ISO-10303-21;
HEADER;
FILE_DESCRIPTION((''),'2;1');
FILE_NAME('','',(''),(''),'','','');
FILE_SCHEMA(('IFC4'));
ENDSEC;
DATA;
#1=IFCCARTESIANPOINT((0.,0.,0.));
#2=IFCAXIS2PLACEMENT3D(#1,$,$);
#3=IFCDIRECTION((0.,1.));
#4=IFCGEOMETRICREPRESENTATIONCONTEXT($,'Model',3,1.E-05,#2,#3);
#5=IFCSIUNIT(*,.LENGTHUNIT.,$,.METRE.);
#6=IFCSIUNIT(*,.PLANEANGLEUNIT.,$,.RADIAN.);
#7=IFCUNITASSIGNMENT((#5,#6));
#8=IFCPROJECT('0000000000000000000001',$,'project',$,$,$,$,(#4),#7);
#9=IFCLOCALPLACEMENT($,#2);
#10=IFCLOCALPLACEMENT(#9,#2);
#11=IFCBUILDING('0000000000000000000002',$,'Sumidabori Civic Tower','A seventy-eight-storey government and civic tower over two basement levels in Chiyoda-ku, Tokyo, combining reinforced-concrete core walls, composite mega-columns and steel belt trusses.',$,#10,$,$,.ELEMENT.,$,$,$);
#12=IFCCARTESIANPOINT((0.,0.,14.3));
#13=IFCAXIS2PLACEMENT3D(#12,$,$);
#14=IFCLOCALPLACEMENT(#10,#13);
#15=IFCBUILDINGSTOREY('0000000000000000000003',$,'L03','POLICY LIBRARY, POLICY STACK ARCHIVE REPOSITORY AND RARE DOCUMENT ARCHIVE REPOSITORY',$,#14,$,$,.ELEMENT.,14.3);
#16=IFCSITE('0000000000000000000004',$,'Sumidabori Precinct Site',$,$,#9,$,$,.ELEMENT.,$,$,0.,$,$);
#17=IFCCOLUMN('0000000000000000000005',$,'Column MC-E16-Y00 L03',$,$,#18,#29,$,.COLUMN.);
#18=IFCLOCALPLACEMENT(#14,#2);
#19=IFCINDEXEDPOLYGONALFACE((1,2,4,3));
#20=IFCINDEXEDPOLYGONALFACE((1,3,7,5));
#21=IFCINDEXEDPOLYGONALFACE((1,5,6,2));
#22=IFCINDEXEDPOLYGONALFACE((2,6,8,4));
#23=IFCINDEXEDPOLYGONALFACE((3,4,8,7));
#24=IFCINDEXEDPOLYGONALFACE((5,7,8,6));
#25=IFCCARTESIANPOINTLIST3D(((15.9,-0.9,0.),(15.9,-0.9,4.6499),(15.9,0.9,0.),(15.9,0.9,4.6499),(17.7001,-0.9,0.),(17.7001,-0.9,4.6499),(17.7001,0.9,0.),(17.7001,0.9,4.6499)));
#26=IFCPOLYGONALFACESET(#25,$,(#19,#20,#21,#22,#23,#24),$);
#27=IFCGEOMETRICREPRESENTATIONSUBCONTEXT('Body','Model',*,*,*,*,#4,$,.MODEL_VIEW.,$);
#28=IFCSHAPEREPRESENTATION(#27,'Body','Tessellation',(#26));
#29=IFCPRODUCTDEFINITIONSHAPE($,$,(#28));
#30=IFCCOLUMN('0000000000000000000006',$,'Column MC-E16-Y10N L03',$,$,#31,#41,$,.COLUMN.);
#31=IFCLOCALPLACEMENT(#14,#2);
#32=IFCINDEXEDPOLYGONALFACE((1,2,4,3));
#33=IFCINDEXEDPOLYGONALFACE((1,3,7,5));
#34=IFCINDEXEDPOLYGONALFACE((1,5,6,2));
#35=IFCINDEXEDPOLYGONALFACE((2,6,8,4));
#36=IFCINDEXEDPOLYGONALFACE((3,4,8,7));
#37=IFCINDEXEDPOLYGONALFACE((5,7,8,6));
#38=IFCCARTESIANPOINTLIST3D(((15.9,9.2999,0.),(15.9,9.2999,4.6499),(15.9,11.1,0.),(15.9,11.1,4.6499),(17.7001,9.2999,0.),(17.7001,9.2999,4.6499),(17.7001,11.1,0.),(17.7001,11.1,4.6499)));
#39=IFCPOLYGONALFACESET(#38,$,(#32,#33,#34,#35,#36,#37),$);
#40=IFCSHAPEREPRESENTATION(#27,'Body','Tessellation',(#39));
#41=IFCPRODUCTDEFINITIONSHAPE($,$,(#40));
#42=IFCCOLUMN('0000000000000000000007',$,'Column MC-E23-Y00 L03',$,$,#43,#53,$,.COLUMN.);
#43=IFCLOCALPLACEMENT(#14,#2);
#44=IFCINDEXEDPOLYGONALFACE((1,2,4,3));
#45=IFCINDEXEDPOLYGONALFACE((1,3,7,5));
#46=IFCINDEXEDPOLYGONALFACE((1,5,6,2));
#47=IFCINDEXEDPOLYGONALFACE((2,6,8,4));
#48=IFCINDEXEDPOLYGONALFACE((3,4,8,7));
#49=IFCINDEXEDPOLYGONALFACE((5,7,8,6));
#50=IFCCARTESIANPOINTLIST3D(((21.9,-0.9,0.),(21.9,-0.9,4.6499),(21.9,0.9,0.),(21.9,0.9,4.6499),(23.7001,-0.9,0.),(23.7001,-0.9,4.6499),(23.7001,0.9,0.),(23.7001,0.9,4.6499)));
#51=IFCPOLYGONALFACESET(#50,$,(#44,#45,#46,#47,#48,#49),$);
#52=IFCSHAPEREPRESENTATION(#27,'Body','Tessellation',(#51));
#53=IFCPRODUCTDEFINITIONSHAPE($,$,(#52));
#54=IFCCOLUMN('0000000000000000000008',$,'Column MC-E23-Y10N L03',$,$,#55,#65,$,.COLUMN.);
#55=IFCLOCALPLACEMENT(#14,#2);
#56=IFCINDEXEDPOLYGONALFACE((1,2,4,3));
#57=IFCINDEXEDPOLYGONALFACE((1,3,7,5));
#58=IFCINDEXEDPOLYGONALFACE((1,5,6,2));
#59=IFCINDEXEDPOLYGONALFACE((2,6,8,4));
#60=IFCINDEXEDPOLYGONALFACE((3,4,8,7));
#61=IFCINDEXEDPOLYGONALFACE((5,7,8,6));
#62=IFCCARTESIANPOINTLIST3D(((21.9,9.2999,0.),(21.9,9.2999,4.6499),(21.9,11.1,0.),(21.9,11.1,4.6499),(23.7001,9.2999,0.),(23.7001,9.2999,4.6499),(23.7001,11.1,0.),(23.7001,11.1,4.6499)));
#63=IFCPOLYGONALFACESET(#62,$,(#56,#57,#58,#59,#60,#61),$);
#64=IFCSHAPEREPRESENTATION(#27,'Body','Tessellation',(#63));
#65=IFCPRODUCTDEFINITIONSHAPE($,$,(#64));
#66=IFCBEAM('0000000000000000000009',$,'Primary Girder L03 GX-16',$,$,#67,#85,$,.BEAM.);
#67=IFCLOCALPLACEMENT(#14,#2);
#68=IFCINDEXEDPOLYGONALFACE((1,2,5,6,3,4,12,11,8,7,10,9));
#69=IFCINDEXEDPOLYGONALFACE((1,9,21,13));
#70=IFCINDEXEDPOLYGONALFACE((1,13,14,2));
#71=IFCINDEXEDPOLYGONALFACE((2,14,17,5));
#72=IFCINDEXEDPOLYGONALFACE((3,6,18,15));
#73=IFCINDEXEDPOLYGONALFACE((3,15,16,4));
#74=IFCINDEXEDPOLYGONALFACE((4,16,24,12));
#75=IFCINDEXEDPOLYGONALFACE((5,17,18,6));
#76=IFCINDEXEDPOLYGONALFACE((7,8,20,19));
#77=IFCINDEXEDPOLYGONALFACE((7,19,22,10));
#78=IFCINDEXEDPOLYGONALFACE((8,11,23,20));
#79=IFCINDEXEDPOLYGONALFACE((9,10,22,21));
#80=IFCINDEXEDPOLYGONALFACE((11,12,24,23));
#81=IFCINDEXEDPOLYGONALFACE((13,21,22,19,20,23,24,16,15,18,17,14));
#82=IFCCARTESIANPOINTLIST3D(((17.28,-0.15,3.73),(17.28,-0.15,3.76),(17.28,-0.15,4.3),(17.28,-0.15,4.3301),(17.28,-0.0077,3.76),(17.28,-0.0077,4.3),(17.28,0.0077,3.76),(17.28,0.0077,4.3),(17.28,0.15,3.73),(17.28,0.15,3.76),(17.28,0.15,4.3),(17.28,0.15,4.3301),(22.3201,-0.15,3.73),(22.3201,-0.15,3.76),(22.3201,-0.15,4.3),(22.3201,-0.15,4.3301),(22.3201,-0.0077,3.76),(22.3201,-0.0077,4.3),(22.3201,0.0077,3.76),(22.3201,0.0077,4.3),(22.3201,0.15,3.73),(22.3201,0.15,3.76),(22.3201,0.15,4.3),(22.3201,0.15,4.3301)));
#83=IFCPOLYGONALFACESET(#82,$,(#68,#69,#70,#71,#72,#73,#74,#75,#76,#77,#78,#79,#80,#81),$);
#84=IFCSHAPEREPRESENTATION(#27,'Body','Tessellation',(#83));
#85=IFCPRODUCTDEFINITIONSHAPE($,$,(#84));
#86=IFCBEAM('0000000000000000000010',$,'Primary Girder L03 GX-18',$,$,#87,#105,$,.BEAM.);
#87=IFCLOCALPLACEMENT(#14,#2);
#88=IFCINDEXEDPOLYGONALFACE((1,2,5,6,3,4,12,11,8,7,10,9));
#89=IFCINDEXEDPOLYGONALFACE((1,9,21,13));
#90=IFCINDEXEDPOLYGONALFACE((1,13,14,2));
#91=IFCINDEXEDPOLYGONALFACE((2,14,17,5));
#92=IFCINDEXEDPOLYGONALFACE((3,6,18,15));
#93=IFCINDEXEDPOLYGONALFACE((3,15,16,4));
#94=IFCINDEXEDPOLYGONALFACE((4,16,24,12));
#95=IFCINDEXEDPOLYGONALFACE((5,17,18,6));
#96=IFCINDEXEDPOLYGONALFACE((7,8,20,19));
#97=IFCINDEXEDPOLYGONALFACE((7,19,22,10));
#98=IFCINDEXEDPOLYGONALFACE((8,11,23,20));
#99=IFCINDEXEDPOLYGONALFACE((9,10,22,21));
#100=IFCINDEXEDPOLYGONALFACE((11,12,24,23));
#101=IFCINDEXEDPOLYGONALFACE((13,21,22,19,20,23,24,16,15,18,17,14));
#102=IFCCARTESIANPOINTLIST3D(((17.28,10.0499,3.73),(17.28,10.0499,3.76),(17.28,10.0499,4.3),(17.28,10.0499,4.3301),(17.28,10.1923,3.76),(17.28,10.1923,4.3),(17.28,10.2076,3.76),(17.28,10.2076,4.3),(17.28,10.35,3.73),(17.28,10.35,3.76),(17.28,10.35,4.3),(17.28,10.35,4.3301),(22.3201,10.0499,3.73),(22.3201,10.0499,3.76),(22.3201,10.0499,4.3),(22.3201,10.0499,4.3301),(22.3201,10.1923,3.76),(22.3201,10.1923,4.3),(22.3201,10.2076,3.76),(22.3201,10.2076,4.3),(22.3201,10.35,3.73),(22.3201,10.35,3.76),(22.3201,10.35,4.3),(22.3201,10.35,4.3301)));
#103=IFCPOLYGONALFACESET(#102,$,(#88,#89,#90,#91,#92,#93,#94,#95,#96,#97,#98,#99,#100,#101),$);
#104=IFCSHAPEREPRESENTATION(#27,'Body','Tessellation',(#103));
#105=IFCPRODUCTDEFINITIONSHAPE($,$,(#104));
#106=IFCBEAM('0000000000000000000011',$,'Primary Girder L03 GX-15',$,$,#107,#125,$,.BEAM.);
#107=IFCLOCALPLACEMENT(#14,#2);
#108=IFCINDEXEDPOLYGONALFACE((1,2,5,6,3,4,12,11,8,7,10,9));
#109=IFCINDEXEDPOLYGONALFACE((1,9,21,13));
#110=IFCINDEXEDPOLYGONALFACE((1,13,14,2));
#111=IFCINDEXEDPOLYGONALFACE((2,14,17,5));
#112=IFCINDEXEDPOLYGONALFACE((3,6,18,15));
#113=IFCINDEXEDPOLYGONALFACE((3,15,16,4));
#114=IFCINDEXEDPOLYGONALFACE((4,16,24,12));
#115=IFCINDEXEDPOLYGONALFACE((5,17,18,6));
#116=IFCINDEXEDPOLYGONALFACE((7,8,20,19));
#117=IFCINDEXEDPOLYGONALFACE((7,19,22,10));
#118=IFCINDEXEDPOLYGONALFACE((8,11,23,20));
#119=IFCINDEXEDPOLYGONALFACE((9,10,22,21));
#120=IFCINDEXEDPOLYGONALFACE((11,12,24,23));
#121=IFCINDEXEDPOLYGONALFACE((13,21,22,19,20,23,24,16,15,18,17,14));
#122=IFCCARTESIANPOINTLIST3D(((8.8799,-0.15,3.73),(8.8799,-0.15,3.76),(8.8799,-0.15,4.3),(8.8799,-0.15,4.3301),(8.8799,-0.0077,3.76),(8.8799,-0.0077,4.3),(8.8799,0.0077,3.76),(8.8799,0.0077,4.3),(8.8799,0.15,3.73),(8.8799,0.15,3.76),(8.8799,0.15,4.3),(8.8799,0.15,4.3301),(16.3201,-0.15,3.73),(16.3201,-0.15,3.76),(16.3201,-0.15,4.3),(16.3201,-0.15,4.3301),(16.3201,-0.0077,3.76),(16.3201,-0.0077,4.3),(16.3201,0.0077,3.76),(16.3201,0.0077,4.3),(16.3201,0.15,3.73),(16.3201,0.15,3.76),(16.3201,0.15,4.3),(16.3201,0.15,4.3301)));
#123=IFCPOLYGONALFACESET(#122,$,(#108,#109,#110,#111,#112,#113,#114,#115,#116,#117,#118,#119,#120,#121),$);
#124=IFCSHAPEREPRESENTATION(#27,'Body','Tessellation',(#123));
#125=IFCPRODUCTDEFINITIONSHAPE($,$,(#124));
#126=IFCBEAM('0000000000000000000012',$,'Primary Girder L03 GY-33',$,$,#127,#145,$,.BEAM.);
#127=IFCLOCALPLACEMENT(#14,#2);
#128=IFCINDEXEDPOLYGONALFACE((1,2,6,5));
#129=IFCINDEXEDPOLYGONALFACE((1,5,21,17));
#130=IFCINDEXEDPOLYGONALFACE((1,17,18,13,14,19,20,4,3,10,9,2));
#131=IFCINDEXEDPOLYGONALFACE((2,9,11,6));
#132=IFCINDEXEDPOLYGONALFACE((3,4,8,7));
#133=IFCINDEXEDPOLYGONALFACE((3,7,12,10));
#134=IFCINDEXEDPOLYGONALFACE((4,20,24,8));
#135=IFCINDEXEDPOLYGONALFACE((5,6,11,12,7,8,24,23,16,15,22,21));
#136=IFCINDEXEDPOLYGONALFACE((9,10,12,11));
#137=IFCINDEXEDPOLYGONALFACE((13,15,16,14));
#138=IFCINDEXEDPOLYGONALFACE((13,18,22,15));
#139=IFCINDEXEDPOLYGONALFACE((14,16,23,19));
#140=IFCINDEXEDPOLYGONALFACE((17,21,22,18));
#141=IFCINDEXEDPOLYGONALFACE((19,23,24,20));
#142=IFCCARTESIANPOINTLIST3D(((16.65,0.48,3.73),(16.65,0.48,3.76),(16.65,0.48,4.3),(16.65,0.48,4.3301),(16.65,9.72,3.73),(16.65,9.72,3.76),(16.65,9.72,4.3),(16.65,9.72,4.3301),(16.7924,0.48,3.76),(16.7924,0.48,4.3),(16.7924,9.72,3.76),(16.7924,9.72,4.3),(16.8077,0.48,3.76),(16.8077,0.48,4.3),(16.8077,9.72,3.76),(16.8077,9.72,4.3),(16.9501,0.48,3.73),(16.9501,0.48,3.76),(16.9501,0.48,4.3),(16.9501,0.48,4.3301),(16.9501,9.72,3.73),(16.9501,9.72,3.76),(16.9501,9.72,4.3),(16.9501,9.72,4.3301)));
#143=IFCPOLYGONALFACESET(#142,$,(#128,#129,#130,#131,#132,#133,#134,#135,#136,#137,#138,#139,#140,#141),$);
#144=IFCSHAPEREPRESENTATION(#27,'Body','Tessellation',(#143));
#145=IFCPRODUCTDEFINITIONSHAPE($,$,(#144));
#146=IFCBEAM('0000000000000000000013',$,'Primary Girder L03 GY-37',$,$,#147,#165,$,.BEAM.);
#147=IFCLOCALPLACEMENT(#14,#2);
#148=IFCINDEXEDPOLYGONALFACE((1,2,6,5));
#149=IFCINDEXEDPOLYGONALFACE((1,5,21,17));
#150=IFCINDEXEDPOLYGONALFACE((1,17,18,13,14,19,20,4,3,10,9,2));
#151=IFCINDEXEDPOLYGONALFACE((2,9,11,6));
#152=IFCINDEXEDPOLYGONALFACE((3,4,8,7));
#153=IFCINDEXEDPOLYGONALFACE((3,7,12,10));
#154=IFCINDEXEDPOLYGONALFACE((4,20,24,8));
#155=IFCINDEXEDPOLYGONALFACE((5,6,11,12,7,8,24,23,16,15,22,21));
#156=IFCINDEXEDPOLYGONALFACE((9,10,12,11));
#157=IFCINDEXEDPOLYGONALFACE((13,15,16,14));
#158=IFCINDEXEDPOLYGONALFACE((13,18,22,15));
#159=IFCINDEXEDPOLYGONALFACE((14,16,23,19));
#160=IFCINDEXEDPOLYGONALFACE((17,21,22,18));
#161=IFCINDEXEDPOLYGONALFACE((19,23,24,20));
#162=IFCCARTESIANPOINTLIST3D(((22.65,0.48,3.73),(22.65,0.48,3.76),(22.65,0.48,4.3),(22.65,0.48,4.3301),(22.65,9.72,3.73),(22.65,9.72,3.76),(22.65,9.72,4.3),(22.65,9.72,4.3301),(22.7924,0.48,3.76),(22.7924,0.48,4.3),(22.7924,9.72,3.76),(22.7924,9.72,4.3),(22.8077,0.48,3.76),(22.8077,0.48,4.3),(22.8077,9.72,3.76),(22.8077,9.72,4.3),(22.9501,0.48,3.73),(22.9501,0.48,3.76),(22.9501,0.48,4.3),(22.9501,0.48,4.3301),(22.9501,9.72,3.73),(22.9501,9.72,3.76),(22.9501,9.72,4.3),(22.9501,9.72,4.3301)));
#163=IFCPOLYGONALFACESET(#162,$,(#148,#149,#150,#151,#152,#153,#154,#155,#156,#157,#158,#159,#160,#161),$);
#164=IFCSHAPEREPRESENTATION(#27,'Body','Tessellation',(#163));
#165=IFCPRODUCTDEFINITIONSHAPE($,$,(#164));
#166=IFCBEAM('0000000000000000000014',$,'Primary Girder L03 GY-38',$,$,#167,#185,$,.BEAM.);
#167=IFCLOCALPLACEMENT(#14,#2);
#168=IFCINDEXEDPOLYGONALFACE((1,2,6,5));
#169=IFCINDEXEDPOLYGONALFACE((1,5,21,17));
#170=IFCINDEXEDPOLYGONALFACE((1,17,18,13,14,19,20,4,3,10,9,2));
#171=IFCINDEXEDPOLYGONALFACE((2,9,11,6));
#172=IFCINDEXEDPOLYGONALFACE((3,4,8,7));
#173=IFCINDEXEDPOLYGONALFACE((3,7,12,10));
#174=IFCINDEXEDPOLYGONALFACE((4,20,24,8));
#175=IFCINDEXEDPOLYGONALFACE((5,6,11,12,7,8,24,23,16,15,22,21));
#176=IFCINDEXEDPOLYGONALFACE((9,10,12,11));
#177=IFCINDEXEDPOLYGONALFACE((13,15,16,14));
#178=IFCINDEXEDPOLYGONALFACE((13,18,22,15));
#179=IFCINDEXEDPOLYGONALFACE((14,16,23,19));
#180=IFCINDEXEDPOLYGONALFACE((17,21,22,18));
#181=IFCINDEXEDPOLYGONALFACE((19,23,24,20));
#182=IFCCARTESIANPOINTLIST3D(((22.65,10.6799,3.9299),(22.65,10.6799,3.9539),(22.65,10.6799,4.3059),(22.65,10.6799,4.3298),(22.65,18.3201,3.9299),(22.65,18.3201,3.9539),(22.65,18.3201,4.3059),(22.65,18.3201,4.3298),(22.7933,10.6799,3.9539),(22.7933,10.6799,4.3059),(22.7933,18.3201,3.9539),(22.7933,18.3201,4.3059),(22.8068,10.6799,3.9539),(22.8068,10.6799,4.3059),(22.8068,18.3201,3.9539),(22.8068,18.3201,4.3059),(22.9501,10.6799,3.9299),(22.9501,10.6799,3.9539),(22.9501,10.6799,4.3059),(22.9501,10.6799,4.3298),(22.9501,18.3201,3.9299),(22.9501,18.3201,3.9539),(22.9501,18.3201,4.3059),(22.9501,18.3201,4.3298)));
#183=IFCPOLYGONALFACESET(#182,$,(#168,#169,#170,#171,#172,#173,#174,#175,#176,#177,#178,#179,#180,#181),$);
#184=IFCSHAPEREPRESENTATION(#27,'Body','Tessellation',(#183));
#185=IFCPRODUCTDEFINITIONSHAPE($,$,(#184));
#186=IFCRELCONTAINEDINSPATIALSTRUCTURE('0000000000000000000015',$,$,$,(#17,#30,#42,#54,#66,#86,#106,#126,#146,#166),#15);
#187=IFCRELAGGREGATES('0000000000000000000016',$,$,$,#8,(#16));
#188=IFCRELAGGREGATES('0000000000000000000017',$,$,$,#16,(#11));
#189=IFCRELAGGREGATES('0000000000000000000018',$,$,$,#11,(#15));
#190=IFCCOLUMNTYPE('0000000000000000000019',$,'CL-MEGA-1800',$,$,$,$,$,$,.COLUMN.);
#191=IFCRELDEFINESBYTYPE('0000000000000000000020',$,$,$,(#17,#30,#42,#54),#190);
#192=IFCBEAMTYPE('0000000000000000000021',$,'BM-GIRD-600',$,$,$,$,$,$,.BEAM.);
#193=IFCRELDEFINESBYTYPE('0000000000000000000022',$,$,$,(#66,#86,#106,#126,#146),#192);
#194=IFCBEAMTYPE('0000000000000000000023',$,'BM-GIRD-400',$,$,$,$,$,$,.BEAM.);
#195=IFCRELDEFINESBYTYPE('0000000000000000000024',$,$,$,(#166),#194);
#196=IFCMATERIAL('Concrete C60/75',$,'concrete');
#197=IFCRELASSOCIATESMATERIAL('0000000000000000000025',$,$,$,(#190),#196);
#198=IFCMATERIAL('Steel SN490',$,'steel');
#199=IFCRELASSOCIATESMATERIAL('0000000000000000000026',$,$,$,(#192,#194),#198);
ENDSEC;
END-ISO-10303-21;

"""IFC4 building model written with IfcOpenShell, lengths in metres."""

from ifc_helpers import new_model, si_unit, direction, frame, origin, origin_2d, place, context, subcontext, project, spatial, rectangle, i_section, extrude, source, transform, mapped, material, material_profile, profile_set, type_object, element, save


model = new_model("IFC4")

# Units and contexts
model_context = context("Model", 3, precision=1e-05, world=origin(), true_north=direction((0.0, 1.0)))
body_context = subcontext(model_context, "Body", "Model", "MODEL_VIEW")
ifc_project = project(units=[si_unit("LENGTHUNIT", "METRE"), si_unit("PLANEANGLEUNIT", "RADIAN")], contexts=[model_context])

# Site, building, storey
site_placement = place(None, origin())
site = spatial("IfcSite", under=ifc_project, at=site_placement, Name="Sumidabori Precinct Site", CompositionType="ELEMENT", RefElevation=0.0)
building_placement = place(site_placement, origin())
building = spatial("IfcBuilding", under=site, at=building_placement, Name="Sumidabori Civic Tower", Description="A seventy-eight-storey government and civic tower over two basement levels in Chiyoda-ku, Tokyo, combining reinforced-concrete core walls, composite mega-columns and steel belt trusses.", CompositionType="ELEMENT")
storey_placement = place(building_placement, frame((0.0, 0.0, 14.3)))
storey = spatial("IfcBuildingStorey", under=building, at=storey_placement, Name="L03", Description="POLICY LIBRARY, POLICY STACK ARCHIVE REPOSITORY AND RARE DOCUMENT ARCHIVE REPOSITORY", CompositionType="ELEMENT", Elevation=14.3)

# Columns
ifc_material_1 = material(Name="Concrete C60/75", Category="concrete")
ifc_material_profile_1 = material_profile(ifc_material_1, rectangle(XDim=1.8, YDim=1.8, at=origin_2d()), Name="RC 1800x1800")
ifc_profile_set_1 = profile_set([ifc_material_profile_1], Name="Concrete C60/75")
column_type = type_object("IfcColumnType", Name="CL-MEGA-1800", PredefinedType="COLUMN", material=ifc_profile_set_1)
shared_shape_1 = source(origin(), body_context, "Body", "SweptSolid", [
    extrude(rectangle(XDim=1.8, YDim=1.8, at=origin_2d()), origin(), (0.0, 0.0, 1.0), 4.6499),
])
for number, where, z_axis, x_axis, name in (
    (1, (16.8, 0.0, 0.0), (0.0, 0.0, 1.0), (1.0, 0.0, 0.0), "Column MC-E16-Y00 L03"),
    (2, (16.8, 10.2, 0.0), (0.0, 0.0, 1.0), (1.0, 0.0, 0.0), "Column MC-E16-Y10N L03"),
    (3, (22.8, 0.0, 0.0), (0.0, 0.0, 1.0), (1.0, 0.0, 0.0), "Column MC-E23-Y00 L03"),
    (4, (22.8, 10.2, 0.0), (0.0, 0.0, 1.0), (1.0, 0.0, 0.0), "Column MC-E23-Y10N L03"),
):
    element("IfcColumn", number, at=place(storey_placement, frame(where, z_axis=z_axis, x_axis=x_axis)), inside=storey, type_object=column_type, Name=name, PredefinedType="COLUMN", context=body_context, shape_type="MappedRepresentation", body=[
        mapped(shared_shape_1, transform((0.0, 0.0, 0.0), x_axis=(1.0, 0.0, 0.0), y_axis=(0.0, 1.0, 0.0), z_axis=(0.0, 0.0, 1.0), scale=1.0)),
    ])

# Beams
ifc_material_2 = material(Name="Steel SN490", Category="steel")
ifc_material_profile_2 = material_profile(ifc_material_2, i_section(OverallWidth=0.3, OverallDepth=0.6001, WebThickness=0.0154, FlangeThickness=0.03, at=origin_2d()), Name="HE 600 B")
ifc_profile_set_2 = profile_set([ifc_material_profile_2], Name="Steel SN490")
beam_type_1 = type_object("IfcBeamType", Name="BM-GIRD-600", PredefinedType="BEAM", material=ifc_profile_set_2)
shared_shape_2 = source(origin(), body_context, "Body", "SweptSolid", [
    extrude(i_section(OverallWidth=0.3, OverallDepth=0.6001, WebThickness=0.0154, FlangeThickness=0.03, at=origin_2d()), origin(), (0.0, 0.0, 1.0), 5.04),
])
for number, where, z_axis, x_axis, name in (
    (5, (17.28, 0.0, 4.03), (1.0, 0.0, 0.0), (0.0, 1.0, 0.0), "Primary Girder L03 GX-16"),
    (6, (17.28, 10.2, 4.03), (1.0, 0.0, 0.0), (0.0, 1.0, 0.0), "Primary Girder L03 GX-18"),
):
    element("IfcBeam", number, at=place(storey_placement, frame(where, z_axis=z_axis, x_axis=x_axis)), inside=storey, type_object=beam_type_1, Name=name, PredefinedType="BEAM", context=body_context, shape_type="MappedRepresentation", body=[
        mapped(shared_shape_2, transform((0.0, 0.0, 0.0), x_axis=(1.0, 0.0, 0.0), y_axis=(0.0, 1.0, 0.0), z_axis=(0.0, 0.0, 1.0), scale=1.0)),
    ])
shared_shape_3 = source(origin(), body_context, "Body", "SweptSolid", [
    extrude(i_section(OverallWidth=0.3, OverallDepth=0.6001, WebThickness=0.0154, FlangeThickness=0.03, at=origin_2d()), origin(), (0.0, 0.0, 1.0), 7.4402),
])
beam_1_placement = place(storey_placement, frame((8.8799, 0.0, 4.03), z_axis=(1.0, 0.0, 0.0), x_axis=(0.0, 1.0, 0.0)))
element("IfcBeam", 7, at=beam_1_placement, inside=storey, type_object=beam_type_1, Name="Primary Girder L03 GX-15", PredefinedType="BEAM", context=body_context, shape_type="MappedRepresentation", body=[
    mapped(shared_shape_3, transform((0.0, 0.0, 0.0), x_axis=(1.0, 0.0, 0.0), y_axis=(0.0, 1.0, 0.0), z_axis=(0.0, 0.0, 1.0), scale=1.0)),
])
shared_shape_4 = source(origin(), body_context, "Body", "SweptSolid", [
    extrude(i_section(OverallWidth=0.3, OverallDepth=0.6001, WebThickness=0.0154, FlangeThickness=0.03, at=origin_2d()), origin(), (0.0, 0.0, 1.0), 9.24),
])
for number, where, z_axis, x_axis, name in (
    (8, (16.8, 0.48, 4.03), (0.0, 1.0, 0.0), (-1.0, 0.0, 0.0), "Primary Girder L03 GY-33"),
    (9, (22.8, 0.48, 4.03), (0.0, 1.0, 0.0), (-1.0, 0.0, 0.0), "Primary Girder L03 GY-37"),
):
    element("IfcBeam", number, at=place(storey_placement, frame(where, z_axis=z_axis, x_axis=x_axis)), inside=storey, type_object=beam_type_1, Name=name, PredefinedType="BEAM", context=body_context, shape_type="MappedRepresentation", body=[
        mapped(shared_shape_4, transform((0.0, 0.0, 0.0), x_axis=(1.0, 0.0, 0.0), y_axis=(0.0, 1.0, 0.0), z_axis=(0.0, 0.0, 1.0), scale=1.0)),
    ])
ifc_material_profile_3 = material_profile(ifc_material_2, i_section(OverallWidth=0.3, OverallDepth=0.3999, WebThickness=0.0134, FlangeThickness=0.0239, at=origin_2d()), Name="HE 400 B")
ifc_profile_set_3 = profile_set([ifc_material_profile_3], Name="Steel SN490")
beam_type_2 = type_object("IfcBeamType", Name="BM-GIRD-400", PredefinedType="BEAM", material=ifc_profile_set_3)
shared_shape_5 = source(origin(), body_context, "Body", "SweptSolid", [
    extrude(i_section(OverallWidth=0.3, OverallDepth=0.3999, WebThickness=0.0134, FlangeThickness=0.0239, at=origin_2d()), origin(), (0.0, 0.0, 1.0), 7.6401),
])
beam_2_placement = place(storey_placement, frame((22.8, 10.6799, 4.1299), z_axis=(0.0, 1.0, 0.0), x_axis=(-1.0, 0.0, 0.0)))
element("IfcBeam", 10, at=beam_2_placement, inside=storey, type_object=beam_type_2, Name="Primary Girder L03 GY-38", PredefinedType="BEAM", context=body_context, shape_type="MappedRepresentation", body=[
    mapped(shared_shape_5, transform((0.0, 0.0, 0.0), x_axis=(1.0, 0.0, 0.0), y_axis=(0.0, 1.0, 0.0), z_axis=(0.0, 0.0, 1.0), scale=1.0)),
])

save(model, "model.ifc")
